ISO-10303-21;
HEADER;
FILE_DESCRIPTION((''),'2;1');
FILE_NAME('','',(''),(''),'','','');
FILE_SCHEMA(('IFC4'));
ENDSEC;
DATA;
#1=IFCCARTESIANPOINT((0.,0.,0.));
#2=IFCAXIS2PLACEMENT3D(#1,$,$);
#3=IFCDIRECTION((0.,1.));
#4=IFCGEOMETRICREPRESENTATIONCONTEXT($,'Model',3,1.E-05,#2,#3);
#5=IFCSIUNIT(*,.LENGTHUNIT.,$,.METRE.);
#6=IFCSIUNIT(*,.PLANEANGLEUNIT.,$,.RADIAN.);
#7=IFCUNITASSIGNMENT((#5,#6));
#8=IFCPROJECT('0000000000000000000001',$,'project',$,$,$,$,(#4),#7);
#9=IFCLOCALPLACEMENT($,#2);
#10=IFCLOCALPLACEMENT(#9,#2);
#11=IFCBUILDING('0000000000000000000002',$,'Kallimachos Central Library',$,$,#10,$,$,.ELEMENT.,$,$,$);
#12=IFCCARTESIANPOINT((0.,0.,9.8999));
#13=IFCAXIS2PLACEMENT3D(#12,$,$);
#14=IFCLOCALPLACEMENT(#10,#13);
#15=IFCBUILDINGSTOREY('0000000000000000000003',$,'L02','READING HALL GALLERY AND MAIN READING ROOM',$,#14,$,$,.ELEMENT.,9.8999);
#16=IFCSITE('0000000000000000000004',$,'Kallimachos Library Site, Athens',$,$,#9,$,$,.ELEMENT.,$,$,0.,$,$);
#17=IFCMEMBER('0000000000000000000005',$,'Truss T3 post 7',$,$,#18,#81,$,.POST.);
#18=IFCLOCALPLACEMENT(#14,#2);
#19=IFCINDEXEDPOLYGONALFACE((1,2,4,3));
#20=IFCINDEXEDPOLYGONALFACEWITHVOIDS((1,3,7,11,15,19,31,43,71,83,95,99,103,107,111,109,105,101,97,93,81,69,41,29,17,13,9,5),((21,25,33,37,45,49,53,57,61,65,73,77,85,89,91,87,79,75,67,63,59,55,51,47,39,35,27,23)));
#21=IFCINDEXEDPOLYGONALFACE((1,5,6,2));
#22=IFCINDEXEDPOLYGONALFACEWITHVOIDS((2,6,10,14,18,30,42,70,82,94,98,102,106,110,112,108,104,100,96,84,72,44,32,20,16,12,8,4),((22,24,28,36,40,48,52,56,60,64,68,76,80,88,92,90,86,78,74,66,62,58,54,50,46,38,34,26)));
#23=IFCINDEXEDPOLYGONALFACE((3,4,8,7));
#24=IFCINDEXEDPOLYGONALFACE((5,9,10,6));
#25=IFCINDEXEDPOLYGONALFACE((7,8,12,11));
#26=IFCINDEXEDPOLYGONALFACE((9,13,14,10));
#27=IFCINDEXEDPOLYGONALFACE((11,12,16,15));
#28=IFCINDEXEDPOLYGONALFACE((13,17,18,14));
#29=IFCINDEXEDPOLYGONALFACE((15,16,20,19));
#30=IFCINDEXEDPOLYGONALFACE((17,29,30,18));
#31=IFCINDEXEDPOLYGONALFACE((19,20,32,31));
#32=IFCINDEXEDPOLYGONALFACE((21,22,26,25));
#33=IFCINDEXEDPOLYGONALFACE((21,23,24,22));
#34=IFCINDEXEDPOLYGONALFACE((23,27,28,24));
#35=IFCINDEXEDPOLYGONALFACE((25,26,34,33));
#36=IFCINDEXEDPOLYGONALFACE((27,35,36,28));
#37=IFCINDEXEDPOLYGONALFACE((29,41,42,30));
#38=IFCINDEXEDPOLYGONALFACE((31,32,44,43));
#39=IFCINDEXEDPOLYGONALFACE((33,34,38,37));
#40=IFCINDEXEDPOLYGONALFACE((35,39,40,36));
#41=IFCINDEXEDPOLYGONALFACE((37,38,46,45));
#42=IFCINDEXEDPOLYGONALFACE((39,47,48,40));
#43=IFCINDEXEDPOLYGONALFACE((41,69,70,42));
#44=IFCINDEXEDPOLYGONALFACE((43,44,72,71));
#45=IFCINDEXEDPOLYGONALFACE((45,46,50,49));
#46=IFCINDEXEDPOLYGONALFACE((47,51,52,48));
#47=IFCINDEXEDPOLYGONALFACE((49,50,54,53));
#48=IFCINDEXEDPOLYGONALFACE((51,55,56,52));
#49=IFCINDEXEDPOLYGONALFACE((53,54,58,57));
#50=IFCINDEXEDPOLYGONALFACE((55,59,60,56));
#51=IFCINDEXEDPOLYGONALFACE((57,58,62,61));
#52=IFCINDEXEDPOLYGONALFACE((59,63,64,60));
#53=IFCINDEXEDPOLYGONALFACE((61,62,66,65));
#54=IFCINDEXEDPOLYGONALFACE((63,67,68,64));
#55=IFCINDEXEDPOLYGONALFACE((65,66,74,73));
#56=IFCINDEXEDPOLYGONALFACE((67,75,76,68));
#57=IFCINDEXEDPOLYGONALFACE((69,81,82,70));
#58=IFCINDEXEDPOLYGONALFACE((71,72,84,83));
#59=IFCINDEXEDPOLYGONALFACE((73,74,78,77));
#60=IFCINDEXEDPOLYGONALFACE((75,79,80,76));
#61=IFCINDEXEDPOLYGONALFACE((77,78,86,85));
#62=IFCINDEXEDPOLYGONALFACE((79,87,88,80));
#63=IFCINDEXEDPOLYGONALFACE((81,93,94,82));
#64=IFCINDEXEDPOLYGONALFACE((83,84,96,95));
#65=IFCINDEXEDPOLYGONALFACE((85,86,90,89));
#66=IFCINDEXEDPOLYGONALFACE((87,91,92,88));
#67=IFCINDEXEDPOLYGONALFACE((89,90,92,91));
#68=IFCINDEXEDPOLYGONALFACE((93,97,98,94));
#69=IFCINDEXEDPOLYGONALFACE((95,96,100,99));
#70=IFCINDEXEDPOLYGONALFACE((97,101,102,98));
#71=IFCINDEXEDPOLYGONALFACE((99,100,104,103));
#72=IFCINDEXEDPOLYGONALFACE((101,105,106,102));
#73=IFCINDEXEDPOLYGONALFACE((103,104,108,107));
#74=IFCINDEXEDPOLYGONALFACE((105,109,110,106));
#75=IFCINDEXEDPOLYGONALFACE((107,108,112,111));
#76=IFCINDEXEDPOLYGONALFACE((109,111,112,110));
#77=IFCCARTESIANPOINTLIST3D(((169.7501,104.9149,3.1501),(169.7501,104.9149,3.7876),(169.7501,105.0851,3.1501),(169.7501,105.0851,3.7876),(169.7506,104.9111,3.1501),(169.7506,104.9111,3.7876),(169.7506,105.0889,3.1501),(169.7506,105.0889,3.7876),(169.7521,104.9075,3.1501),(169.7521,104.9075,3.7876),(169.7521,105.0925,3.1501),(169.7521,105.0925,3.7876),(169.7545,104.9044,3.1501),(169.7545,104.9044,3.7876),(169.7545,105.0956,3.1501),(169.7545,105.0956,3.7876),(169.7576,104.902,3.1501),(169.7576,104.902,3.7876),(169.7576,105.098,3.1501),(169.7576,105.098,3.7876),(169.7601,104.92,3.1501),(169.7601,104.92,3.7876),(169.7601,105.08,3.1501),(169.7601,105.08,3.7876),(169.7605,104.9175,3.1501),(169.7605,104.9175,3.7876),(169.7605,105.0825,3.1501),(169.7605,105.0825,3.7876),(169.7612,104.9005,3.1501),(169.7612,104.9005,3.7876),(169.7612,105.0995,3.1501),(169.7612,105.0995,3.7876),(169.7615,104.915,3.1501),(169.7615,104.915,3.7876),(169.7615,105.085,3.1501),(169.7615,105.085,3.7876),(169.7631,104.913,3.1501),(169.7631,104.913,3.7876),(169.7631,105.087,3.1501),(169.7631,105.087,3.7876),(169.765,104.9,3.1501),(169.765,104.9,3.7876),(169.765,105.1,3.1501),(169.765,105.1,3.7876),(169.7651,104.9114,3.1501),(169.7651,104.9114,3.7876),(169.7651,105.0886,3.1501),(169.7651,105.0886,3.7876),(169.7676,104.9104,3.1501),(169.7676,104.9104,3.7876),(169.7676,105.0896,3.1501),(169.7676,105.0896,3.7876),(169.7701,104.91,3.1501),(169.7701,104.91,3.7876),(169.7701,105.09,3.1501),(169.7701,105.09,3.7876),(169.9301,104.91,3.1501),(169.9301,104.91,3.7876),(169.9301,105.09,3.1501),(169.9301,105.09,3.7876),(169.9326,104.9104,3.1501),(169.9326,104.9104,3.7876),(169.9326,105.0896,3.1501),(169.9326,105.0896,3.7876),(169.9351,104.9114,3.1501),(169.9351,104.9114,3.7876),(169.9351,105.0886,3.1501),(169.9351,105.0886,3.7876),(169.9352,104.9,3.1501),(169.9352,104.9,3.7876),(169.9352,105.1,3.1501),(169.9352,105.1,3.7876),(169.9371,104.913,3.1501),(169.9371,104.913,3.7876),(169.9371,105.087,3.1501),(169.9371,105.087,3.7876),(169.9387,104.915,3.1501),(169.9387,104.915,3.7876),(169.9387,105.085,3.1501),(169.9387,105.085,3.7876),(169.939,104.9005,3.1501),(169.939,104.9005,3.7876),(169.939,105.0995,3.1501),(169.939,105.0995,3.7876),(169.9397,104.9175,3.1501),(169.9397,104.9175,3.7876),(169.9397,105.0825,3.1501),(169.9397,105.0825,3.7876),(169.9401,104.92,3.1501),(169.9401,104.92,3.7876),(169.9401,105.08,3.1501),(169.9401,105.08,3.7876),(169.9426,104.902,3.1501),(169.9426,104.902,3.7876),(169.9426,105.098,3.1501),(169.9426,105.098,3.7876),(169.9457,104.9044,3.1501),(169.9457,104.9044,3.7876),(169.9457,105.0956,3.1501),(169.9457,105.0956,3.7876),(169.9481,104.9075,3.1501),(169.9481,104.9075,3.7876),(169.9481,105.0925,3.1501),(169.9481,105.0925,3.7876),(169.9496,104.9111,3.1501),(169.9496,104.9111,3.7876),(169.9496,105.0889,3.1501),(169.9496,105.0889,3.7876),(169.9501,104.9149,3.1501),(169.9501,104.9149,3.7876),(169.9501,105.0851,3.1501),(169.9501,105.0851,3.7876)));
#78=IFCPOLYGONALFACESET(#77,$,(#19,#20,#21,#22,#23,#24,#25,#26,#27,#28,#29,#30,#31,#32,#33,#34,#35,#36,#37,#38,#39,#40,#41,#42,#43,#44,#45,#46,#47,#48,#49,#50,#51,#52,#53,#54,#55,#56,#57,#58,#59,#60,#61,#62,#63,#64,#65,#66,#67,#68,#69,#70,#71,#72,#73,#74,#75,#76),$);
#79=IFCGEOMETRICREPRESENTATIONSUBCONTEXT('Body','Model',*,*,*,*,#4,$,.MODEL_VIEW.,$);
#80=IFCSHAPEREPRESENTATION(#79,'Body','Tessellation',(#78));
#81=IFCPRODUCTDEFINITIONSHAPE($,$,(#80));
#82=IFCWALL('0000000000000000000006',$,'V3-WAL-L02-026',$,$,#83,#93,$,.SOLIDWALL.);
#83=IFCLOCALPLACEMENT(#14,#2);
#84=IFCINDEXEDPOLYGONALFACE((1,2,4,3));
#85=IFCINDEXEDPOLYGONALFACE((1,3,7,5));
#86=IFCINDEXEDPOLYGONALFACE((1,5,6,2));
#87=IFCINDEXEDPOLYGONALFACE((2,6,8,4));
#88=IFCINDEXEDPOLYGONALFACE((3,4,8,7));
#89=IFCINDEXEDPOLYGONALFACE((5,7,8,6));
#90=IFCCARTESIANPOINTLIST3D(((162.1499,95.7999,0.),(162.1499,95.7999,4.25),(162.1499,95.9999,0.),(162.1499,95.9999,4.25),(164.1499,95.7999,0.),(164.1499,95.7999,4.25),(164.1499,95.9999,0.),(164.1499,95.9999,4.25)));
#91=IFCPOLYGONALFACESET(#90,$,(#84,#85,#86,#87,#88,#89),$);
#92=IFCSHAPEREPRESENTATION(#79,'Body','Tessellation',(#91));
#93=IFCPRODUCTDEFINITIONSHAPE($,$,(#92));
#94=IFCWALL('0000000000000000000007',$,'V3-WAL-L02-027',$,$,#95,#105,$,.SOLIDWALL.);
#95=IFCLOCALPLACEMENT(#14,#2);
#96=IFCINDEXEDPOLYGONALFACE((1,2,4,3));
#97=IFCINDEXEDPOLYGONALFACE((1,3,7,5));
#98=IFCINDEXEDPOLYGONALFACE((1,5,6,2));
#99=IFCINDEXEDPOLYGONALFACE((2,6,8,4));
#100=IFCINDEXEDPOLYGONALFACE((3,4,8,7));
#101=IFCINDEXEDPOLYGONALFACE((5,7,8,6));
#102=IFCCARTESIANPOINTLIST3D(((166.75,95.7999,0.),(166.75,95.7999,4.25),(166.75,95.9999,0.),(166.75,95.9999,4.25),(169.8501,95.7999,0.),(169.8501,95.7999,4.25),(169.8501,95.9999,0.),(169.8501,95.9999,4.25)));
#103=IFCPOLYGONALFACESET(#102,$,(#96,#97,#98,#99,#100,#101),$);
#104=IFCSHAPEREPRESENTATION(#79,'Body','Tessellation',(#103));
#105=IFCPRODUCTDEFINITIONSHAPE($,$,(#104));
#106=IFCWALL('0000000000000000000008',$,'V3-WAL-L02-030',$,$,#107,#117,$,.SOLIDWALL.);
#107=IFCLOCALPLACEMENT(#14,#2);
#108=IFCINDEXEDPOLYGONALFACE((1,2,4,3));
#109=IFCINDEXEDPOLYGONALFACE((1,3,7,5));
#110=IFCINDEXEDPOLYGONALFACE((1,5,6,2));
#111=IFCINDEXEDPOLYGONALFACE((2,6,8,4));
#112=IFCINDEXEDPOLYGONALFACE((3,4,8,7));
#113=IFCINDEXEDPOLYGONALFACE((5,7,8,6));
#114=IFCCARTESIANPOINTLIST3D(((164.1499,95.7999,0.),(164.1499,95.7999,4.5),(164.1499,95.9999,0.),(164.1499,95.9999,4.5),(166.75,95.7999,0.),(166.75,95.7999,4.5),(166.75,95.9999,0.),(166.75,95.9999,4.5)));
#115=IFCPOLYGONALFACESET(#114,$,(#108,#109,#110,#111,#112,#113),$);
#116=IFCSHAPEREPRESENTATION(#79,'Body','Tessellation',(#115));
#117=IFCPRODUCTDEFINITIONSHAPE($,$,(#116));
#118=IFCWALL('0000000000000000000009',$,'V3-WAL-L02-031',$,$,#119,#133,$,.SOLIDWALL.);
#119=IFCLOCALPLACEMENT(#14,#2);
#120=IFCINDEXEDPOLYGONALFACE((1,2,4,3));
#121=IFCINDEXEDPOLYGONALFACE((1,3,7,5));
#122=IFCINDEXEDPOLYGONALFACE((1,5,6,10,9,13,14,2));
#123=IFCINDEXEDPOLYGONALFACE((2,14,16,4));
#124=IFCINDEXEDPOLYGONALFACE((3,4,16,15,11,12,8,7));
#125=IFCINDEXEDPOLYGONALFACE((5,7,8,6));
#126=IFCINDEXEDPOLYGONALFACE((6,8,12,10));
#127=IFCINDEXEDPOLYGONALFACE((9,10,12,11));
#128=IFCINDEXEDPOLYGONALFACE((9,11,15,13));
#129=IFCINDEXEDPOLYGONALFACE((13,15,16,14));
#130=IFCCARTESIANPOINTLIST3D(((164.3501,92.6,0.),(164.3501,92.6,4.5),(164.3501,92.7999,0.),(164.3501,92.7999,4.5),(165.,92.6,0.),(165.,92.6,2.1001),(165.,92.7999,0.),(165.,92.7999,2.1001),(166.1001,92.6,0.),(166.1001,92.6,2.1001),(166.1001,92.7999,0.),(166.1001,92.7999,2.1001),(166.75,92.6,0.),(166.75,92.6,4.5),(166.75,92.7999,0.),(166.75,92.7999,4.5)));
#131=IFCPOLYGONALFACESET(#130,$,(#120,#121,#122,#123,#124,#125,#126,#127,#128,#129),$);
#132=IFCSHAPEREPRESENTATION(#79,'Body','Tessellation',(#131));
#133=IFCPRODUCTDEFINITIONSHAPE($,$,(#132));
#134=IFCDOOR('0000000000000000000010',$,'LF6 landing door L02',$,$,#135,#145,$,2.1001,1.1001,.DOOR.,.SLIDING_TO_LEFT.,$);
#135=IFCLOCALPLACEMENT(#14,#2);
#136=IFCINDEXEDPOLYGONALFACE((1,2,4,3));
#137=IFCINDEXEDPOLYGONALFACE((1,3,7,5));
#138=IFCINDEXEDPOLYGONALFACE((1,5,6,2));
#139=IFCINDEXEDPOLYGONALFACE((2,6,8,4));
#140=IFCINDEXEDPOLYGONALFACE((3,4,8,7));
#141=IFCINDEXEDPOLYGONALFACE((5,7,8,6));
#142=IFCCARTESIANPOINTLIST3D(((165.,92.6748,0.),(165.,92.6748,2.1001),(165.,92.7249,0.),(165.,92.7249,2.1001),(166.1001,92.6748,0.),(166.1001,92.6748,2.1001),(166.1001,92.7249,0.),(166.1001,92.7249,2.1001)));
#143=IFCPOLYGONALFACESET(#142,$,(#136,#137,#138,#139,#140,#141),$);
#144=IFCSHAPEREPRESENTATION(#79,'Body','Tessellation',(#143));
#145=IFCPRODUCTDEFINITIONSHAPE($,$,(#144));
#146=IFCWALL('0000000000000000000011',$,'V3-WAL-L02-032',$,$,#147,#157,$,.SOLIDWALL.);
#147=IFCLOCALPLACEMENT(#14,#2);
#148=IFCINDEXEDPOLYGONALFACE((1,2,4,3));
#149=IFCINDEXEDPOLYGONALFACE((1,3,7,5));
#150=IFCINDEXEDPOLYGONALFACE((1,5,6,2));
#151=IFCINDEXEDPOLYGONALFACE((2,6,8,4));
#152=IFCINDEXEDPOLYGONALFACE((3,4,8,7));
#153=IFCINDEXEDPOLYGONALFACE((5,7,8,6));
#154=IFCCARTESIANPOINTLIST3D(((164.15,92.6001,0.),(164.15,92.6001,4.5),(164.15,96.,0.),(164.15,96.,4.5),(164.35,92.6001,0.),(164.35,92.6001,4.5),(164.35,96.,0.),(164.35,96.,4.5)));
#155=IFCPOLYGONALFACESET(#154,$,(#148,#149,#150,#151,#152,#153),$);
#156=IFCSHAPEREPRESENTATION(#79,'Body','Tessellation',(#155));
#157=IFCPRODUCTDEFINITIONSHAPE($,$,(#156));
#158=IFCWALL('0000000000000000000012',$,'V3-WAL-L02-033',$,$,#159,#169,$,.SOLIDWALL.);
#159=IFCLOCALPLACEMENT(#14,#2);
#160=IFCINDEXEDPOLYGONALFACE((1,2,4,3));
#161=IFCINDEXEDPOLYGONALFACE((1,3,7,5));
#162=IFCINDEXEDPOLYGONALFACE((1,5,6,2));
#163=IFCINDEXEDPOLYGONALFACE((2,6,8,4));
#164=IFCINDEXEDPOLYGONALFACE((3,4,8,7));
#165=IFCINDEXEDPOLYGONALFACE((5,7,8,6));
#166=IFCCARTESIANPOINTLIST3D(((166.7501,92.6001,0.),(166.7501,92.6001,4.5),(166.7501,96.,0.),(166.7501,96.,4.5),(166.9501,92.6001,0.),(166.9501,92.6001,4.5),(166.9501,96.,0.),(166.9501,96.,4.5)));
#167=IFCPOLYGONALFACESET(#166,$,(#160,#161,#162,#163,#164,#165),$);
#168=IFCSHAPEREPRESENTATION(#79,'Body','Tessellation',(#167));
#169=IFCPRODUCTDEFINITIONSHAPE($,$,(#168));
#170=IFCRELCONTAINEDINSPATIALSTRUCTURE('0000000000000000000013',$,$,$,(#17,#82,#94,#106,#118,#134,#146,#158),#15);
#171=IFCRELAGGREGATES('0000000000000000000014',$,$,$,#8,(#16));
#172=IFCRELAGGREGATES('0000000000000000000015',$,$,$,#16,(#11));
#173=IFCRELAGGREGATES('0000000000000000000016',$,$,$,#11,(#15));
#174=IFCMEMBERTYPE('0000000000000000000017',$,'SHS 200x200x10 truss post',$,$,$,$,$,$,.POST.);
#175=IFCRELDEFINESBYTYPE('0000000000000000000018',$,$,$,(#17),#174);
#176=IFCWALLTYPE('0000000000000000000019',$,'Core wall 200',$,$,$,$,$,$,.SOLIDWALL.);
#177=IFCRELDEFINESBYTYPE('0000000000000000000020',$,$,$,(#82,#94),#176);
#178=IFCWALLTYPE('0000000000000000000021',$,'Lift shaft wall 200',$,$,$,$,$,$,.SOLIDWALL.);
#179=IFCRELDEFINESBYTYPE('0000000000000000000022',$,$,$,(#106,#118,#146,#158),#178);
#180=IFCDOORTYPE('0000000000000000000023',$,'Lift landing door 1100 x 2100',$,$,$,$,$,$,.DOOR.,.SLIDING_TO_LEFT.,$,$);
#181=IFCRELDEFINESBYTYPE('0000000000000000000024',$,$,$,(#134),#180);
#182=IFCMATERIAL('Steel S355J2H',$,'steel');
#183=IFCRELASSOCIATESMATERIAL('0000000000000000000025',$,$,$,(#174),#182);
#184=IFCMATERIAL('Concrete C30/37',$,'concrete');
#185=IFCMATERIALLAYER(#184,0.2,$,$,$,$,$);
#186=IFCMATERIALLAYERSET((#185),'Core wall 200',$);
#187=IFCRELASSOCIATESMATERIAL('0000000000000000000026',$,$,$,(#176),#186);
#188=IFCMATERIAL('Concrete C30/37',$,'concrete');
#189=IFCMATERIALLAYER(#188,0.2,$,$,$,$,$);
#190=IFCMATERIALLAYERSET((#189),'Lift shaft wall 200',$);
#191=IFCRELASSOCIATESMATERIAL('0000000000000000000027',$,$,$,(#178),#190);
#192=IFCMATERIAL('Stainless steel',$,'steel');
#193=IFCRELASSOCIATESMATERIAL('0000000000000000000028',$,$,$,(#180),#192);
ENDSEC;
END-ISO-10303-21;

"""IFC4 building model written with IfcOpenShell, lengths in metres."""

from ifc_helpers import new_model, si_unit, direction, frame, frame_2d, origin, origin_2d, place, context, subcontext, project, spatial, rectangle, hollow_rectangle, extrude, material, layer, layer_set, material_profile, profile_set, type_object, element, fill, save


model = new_model("IFC4")

# Units and contexts
model_context = context("Model", 3, precision=1e-05, world=origin(), true_north=direction((0.0, 1.0)))
body_context = subcontext(model_context, "Body", "Model", "MODEL_VIEW")
ifc_project = project(units=[si_unit("LENGTHUNIT", "METRE"), si_unit("PLANEANGLEUNIT", "RADIAN")], contexts=[model_context])

# Site, building, storey
site_placement = place(None, origin())
site = spatial("IfcSite", under=ifc_project, at=site_placement, Name="Kallimachos Library Site, Athens", CompositionType="ELEMENT", RefElevation=0.0)
building_placement = place(site_placement, origin())
building = spatial("IfcBuilding", under=site, at=building_placement, Name="Kallimachos Central Library", CompositionType="ELEMENT")
storey_placement = place(building_placement, frame((0.0, 0.0, 9.8999)))
storey = spatial("IfcBuildingStorey", under=building, at=storey_placement, Name="L02", Description="READING HALL GALLERY AND MAIN READING ROOM", CompositionType="ELEMENT", Elevation=9.8999)

# Member
ifc_material_1 = material(Name="Steel S355J2H", Category="steel")
ifc_material_profile_1 = material_profile(ifc_material_1, hollow_rectangle(XDim=0.2, YDim=0.2, WallThickness=0.01, InnerFilletRadius=0.01, OuterFilletRadius=0.0149, at=origin_2d()), Name="SHS 200x200x10")
ifc_profile_set_1 = profile_set([ifc_material_profile_1], Name="Steel S355J2H")
member_type_1 = type_object("IfcMemberType", Name="SHS 200x200x10 truss post", PredefinedType="POST", material=ifc_profile_set_1)
member_1_placement = place(storey_placement, frame((169.8501, 105.0, 3.1501), z_axis=(0.0, 0.0, 1.0), x_axis=(1.0, 0.0, 0.0)))
element("IfcMember", 1, at=member_1_placement, inside=storey, type_object=member_type_1, Name="Truss T3 post 7", PredefinedType="POST", context=body_context, shape_type="SweptSolid", body=[
    extrude(hollow_rectangle(XDim=0.2, YDim=0.2, WallThickness=0.01, InnerFilletRadius=0.01, OuterFilletRadius=0.0149, at=origin_2d()), origin(), (0.0, 0.0, 1.0), 0.6375),
])

# Walls
ifc_material_2 = material(Name="Concrete C30/37", Category="concrete")
ifc_layer_1 = layer(ifc_material_2, 0.2)
ifc_layer_set_1 = layer_set([ifc_layer_1], Name="Core wall 200")
wall_type_1 = type_object("IfcWallType", Name="Core wall 200", PredefinedType="SOLIDWALL", material=ifc_layer_set_1)
wall_1_placement = place(storey_placement, frame((162.1499, 95.8999, 0.0), z_axis=(0.0, 0.0, 1.0), x_axis=(1.0, 0.0, 0.0)))
element("IfcWall", 2, at=wall_1_placement, inside=storey, type_object=wall_type_1, Name="V3-WAL-L02-026", PredefinedType="SOLIDWALL", context=body_context, shape_type="SweptSolid", body=[
    extrude(rectangle(XDim=2.0, YDim=0.2, at=frame_2d((1.0, 0.0))), origin(), (0.0, 0.0, 1.0), 4.25),
])
wall_2_placement = place(storey_placement, frame((166.75, 95.8999, 0.0), z_axis=(0.0, 0.0, 1.0), x_axis=(1.0, 0.0, 0.0)))
element("IfcWall", 3, at=wall_2_placement, inside=storey, type_object=wall_type_1, Name="V3-WAL-L02-027", PredefinedType="SOLIDWALL", context=body_context, shape_type="SweptSolid", body=[
    extrude(rectangle(XDim=3.1001, YDim=0.2, at=frame_2d((1.55, 0.0))), origin(), (0.0, 0.0, 1.0), 4.25),
])
ifc_material_3 = material(Name="Concrete C30/37", Category="concrete")
ifc_layer_2 = layer(ifc_material_3, 0.2)
ifc_layer_set_2 = layer_set([ifc_layer_2], Name="Lift shaft wall 200")
wall_type_2 = type_object("IfcWallType", Name="Lift shaft wall 200", PredefinedType="SOLIDWALL", material=ifc_layer_set_2)
wall_3_placement = place(storey_placement, frame((164.1499, 95.8999, 0.0), z_axis=(0.0, 0.0, 1.0), x_axis=(1.0, 0.0, 0.0)))
element("IfcWall", 4, at=wall_3_placement, inside=storey, type_object=wall_type_2, Name="V3-WAL-L02-030", PredefinedType="SOLIDWALL", context=body_context, shape_type="SweptSolid", body=[
    extrude(rectangle(XDim=2.6001, YDim=0.2, at=frame_2d((1.3, 0.0))), origin(), (0.0, 0.0, 1.0), 4.5),
])

# Wall, opening, door
wall_4_placement = place(storey_placement, frame((164.3501, 92.7, 0.0), z_axis=(0.0, 0.0, 1.0), x_axis=(1.0, 0.0, 0.0)))
wall_4 = element("IfcWall", 5, at=wall_4_placement, inside=storey, type_object=wall_type_2, Name="V3-WAL-L02-031", PredefinedType="SOLIDWALL", context=body_context, shape_type="SweptSolid", body=[
    extrude(rectangle(XDim=2.3999, YDim=0.2, at=frame_2d((1.2, 0.0))), origin(), (0.0, 0.0, 1.0), 4.5),
])
opening_placement = place(wall_4_placement, frame((0.6499, 0.0, 0.0)))
opening = element("IfcOpeningElement", 6, at=opening_placement, cuts=wall_4, PredefinedType="OPENING", context=body_context, shape_type="SweptSolid", body=[
    extrude(rectangle(XDim=1.1001, YDim=2.1001, at=frame_2d((0.55, 1.05))), frame((0.0, 0.1099, 0.0), z_axis=(0.0, -1.0, 0.0), x_axis=(1.0, 0.0, 0.0)), (0.0, 0.0, 1.0), 0.22),
])
ifc_material_4 = material(Name="Stainless steel", Category="steel")
door_type = type_object("IfcDoorType", Name="Lift landing door 1100 x 2100", OperationType="SLIDING_TO_LEFT", PredefinedType="DOOR", material=ifc_material_4)
door_placement = place(opening_placement, origin())
door = element("IfcDoor", 7, at=door_placement, inside=storey, type_object=door_type, Name="LF6 landing door L02", OperationType="SLIDING_TO_LEFT", OverallHeight=2.1001, OverallWidth=1.1001, PredefinedType="DOOR", context=body_context, shape_type="SweptSolid", body=[
    extrude(rectangle(XDim=1.1001, YDim=2.1001, at=frame_2d((0.55, 1.05))), frame((0.0, 0.0249, 0.0), z_axis=(0.0, -1.0, 0.0), x_axis=(1.0, 0.0, 0.0)), (0.0, 0.0, 1.0), 0.05),
])
fill(opening, door)

# Walls
for number, where, z_axis, x_axis, name in (
    (8, (164.25, 92.6001, 0.0), (0.0, 0.0, 1.0), (0.0, 1.0, 0.0), "V3-WAL-L02-032"),
    (9, (166.8501, 92.6001, 0.0), (0.0, 0.0, 1.0), (0.0, 1.0, 0.0), "V3-WAL-L02-033"),
):
    element("IfcWall", number, at=place(storey_placement, frame(where, z_axis=z_axis, x_axis=x_axis)), inside=storey, type_object=wall_type_2, Name=name, PredefinedType="SOLIDWALL", context=body_context, shape_type="SweptSolid", body=[
        extrude(rectangle(XDim=3.3999, YDim=0.2, at=frame_2d((1.7, 0.0))), origin(), (0.0, 0.0, 1.0), 4.5),
    ])

save(model, "model.ifc")
